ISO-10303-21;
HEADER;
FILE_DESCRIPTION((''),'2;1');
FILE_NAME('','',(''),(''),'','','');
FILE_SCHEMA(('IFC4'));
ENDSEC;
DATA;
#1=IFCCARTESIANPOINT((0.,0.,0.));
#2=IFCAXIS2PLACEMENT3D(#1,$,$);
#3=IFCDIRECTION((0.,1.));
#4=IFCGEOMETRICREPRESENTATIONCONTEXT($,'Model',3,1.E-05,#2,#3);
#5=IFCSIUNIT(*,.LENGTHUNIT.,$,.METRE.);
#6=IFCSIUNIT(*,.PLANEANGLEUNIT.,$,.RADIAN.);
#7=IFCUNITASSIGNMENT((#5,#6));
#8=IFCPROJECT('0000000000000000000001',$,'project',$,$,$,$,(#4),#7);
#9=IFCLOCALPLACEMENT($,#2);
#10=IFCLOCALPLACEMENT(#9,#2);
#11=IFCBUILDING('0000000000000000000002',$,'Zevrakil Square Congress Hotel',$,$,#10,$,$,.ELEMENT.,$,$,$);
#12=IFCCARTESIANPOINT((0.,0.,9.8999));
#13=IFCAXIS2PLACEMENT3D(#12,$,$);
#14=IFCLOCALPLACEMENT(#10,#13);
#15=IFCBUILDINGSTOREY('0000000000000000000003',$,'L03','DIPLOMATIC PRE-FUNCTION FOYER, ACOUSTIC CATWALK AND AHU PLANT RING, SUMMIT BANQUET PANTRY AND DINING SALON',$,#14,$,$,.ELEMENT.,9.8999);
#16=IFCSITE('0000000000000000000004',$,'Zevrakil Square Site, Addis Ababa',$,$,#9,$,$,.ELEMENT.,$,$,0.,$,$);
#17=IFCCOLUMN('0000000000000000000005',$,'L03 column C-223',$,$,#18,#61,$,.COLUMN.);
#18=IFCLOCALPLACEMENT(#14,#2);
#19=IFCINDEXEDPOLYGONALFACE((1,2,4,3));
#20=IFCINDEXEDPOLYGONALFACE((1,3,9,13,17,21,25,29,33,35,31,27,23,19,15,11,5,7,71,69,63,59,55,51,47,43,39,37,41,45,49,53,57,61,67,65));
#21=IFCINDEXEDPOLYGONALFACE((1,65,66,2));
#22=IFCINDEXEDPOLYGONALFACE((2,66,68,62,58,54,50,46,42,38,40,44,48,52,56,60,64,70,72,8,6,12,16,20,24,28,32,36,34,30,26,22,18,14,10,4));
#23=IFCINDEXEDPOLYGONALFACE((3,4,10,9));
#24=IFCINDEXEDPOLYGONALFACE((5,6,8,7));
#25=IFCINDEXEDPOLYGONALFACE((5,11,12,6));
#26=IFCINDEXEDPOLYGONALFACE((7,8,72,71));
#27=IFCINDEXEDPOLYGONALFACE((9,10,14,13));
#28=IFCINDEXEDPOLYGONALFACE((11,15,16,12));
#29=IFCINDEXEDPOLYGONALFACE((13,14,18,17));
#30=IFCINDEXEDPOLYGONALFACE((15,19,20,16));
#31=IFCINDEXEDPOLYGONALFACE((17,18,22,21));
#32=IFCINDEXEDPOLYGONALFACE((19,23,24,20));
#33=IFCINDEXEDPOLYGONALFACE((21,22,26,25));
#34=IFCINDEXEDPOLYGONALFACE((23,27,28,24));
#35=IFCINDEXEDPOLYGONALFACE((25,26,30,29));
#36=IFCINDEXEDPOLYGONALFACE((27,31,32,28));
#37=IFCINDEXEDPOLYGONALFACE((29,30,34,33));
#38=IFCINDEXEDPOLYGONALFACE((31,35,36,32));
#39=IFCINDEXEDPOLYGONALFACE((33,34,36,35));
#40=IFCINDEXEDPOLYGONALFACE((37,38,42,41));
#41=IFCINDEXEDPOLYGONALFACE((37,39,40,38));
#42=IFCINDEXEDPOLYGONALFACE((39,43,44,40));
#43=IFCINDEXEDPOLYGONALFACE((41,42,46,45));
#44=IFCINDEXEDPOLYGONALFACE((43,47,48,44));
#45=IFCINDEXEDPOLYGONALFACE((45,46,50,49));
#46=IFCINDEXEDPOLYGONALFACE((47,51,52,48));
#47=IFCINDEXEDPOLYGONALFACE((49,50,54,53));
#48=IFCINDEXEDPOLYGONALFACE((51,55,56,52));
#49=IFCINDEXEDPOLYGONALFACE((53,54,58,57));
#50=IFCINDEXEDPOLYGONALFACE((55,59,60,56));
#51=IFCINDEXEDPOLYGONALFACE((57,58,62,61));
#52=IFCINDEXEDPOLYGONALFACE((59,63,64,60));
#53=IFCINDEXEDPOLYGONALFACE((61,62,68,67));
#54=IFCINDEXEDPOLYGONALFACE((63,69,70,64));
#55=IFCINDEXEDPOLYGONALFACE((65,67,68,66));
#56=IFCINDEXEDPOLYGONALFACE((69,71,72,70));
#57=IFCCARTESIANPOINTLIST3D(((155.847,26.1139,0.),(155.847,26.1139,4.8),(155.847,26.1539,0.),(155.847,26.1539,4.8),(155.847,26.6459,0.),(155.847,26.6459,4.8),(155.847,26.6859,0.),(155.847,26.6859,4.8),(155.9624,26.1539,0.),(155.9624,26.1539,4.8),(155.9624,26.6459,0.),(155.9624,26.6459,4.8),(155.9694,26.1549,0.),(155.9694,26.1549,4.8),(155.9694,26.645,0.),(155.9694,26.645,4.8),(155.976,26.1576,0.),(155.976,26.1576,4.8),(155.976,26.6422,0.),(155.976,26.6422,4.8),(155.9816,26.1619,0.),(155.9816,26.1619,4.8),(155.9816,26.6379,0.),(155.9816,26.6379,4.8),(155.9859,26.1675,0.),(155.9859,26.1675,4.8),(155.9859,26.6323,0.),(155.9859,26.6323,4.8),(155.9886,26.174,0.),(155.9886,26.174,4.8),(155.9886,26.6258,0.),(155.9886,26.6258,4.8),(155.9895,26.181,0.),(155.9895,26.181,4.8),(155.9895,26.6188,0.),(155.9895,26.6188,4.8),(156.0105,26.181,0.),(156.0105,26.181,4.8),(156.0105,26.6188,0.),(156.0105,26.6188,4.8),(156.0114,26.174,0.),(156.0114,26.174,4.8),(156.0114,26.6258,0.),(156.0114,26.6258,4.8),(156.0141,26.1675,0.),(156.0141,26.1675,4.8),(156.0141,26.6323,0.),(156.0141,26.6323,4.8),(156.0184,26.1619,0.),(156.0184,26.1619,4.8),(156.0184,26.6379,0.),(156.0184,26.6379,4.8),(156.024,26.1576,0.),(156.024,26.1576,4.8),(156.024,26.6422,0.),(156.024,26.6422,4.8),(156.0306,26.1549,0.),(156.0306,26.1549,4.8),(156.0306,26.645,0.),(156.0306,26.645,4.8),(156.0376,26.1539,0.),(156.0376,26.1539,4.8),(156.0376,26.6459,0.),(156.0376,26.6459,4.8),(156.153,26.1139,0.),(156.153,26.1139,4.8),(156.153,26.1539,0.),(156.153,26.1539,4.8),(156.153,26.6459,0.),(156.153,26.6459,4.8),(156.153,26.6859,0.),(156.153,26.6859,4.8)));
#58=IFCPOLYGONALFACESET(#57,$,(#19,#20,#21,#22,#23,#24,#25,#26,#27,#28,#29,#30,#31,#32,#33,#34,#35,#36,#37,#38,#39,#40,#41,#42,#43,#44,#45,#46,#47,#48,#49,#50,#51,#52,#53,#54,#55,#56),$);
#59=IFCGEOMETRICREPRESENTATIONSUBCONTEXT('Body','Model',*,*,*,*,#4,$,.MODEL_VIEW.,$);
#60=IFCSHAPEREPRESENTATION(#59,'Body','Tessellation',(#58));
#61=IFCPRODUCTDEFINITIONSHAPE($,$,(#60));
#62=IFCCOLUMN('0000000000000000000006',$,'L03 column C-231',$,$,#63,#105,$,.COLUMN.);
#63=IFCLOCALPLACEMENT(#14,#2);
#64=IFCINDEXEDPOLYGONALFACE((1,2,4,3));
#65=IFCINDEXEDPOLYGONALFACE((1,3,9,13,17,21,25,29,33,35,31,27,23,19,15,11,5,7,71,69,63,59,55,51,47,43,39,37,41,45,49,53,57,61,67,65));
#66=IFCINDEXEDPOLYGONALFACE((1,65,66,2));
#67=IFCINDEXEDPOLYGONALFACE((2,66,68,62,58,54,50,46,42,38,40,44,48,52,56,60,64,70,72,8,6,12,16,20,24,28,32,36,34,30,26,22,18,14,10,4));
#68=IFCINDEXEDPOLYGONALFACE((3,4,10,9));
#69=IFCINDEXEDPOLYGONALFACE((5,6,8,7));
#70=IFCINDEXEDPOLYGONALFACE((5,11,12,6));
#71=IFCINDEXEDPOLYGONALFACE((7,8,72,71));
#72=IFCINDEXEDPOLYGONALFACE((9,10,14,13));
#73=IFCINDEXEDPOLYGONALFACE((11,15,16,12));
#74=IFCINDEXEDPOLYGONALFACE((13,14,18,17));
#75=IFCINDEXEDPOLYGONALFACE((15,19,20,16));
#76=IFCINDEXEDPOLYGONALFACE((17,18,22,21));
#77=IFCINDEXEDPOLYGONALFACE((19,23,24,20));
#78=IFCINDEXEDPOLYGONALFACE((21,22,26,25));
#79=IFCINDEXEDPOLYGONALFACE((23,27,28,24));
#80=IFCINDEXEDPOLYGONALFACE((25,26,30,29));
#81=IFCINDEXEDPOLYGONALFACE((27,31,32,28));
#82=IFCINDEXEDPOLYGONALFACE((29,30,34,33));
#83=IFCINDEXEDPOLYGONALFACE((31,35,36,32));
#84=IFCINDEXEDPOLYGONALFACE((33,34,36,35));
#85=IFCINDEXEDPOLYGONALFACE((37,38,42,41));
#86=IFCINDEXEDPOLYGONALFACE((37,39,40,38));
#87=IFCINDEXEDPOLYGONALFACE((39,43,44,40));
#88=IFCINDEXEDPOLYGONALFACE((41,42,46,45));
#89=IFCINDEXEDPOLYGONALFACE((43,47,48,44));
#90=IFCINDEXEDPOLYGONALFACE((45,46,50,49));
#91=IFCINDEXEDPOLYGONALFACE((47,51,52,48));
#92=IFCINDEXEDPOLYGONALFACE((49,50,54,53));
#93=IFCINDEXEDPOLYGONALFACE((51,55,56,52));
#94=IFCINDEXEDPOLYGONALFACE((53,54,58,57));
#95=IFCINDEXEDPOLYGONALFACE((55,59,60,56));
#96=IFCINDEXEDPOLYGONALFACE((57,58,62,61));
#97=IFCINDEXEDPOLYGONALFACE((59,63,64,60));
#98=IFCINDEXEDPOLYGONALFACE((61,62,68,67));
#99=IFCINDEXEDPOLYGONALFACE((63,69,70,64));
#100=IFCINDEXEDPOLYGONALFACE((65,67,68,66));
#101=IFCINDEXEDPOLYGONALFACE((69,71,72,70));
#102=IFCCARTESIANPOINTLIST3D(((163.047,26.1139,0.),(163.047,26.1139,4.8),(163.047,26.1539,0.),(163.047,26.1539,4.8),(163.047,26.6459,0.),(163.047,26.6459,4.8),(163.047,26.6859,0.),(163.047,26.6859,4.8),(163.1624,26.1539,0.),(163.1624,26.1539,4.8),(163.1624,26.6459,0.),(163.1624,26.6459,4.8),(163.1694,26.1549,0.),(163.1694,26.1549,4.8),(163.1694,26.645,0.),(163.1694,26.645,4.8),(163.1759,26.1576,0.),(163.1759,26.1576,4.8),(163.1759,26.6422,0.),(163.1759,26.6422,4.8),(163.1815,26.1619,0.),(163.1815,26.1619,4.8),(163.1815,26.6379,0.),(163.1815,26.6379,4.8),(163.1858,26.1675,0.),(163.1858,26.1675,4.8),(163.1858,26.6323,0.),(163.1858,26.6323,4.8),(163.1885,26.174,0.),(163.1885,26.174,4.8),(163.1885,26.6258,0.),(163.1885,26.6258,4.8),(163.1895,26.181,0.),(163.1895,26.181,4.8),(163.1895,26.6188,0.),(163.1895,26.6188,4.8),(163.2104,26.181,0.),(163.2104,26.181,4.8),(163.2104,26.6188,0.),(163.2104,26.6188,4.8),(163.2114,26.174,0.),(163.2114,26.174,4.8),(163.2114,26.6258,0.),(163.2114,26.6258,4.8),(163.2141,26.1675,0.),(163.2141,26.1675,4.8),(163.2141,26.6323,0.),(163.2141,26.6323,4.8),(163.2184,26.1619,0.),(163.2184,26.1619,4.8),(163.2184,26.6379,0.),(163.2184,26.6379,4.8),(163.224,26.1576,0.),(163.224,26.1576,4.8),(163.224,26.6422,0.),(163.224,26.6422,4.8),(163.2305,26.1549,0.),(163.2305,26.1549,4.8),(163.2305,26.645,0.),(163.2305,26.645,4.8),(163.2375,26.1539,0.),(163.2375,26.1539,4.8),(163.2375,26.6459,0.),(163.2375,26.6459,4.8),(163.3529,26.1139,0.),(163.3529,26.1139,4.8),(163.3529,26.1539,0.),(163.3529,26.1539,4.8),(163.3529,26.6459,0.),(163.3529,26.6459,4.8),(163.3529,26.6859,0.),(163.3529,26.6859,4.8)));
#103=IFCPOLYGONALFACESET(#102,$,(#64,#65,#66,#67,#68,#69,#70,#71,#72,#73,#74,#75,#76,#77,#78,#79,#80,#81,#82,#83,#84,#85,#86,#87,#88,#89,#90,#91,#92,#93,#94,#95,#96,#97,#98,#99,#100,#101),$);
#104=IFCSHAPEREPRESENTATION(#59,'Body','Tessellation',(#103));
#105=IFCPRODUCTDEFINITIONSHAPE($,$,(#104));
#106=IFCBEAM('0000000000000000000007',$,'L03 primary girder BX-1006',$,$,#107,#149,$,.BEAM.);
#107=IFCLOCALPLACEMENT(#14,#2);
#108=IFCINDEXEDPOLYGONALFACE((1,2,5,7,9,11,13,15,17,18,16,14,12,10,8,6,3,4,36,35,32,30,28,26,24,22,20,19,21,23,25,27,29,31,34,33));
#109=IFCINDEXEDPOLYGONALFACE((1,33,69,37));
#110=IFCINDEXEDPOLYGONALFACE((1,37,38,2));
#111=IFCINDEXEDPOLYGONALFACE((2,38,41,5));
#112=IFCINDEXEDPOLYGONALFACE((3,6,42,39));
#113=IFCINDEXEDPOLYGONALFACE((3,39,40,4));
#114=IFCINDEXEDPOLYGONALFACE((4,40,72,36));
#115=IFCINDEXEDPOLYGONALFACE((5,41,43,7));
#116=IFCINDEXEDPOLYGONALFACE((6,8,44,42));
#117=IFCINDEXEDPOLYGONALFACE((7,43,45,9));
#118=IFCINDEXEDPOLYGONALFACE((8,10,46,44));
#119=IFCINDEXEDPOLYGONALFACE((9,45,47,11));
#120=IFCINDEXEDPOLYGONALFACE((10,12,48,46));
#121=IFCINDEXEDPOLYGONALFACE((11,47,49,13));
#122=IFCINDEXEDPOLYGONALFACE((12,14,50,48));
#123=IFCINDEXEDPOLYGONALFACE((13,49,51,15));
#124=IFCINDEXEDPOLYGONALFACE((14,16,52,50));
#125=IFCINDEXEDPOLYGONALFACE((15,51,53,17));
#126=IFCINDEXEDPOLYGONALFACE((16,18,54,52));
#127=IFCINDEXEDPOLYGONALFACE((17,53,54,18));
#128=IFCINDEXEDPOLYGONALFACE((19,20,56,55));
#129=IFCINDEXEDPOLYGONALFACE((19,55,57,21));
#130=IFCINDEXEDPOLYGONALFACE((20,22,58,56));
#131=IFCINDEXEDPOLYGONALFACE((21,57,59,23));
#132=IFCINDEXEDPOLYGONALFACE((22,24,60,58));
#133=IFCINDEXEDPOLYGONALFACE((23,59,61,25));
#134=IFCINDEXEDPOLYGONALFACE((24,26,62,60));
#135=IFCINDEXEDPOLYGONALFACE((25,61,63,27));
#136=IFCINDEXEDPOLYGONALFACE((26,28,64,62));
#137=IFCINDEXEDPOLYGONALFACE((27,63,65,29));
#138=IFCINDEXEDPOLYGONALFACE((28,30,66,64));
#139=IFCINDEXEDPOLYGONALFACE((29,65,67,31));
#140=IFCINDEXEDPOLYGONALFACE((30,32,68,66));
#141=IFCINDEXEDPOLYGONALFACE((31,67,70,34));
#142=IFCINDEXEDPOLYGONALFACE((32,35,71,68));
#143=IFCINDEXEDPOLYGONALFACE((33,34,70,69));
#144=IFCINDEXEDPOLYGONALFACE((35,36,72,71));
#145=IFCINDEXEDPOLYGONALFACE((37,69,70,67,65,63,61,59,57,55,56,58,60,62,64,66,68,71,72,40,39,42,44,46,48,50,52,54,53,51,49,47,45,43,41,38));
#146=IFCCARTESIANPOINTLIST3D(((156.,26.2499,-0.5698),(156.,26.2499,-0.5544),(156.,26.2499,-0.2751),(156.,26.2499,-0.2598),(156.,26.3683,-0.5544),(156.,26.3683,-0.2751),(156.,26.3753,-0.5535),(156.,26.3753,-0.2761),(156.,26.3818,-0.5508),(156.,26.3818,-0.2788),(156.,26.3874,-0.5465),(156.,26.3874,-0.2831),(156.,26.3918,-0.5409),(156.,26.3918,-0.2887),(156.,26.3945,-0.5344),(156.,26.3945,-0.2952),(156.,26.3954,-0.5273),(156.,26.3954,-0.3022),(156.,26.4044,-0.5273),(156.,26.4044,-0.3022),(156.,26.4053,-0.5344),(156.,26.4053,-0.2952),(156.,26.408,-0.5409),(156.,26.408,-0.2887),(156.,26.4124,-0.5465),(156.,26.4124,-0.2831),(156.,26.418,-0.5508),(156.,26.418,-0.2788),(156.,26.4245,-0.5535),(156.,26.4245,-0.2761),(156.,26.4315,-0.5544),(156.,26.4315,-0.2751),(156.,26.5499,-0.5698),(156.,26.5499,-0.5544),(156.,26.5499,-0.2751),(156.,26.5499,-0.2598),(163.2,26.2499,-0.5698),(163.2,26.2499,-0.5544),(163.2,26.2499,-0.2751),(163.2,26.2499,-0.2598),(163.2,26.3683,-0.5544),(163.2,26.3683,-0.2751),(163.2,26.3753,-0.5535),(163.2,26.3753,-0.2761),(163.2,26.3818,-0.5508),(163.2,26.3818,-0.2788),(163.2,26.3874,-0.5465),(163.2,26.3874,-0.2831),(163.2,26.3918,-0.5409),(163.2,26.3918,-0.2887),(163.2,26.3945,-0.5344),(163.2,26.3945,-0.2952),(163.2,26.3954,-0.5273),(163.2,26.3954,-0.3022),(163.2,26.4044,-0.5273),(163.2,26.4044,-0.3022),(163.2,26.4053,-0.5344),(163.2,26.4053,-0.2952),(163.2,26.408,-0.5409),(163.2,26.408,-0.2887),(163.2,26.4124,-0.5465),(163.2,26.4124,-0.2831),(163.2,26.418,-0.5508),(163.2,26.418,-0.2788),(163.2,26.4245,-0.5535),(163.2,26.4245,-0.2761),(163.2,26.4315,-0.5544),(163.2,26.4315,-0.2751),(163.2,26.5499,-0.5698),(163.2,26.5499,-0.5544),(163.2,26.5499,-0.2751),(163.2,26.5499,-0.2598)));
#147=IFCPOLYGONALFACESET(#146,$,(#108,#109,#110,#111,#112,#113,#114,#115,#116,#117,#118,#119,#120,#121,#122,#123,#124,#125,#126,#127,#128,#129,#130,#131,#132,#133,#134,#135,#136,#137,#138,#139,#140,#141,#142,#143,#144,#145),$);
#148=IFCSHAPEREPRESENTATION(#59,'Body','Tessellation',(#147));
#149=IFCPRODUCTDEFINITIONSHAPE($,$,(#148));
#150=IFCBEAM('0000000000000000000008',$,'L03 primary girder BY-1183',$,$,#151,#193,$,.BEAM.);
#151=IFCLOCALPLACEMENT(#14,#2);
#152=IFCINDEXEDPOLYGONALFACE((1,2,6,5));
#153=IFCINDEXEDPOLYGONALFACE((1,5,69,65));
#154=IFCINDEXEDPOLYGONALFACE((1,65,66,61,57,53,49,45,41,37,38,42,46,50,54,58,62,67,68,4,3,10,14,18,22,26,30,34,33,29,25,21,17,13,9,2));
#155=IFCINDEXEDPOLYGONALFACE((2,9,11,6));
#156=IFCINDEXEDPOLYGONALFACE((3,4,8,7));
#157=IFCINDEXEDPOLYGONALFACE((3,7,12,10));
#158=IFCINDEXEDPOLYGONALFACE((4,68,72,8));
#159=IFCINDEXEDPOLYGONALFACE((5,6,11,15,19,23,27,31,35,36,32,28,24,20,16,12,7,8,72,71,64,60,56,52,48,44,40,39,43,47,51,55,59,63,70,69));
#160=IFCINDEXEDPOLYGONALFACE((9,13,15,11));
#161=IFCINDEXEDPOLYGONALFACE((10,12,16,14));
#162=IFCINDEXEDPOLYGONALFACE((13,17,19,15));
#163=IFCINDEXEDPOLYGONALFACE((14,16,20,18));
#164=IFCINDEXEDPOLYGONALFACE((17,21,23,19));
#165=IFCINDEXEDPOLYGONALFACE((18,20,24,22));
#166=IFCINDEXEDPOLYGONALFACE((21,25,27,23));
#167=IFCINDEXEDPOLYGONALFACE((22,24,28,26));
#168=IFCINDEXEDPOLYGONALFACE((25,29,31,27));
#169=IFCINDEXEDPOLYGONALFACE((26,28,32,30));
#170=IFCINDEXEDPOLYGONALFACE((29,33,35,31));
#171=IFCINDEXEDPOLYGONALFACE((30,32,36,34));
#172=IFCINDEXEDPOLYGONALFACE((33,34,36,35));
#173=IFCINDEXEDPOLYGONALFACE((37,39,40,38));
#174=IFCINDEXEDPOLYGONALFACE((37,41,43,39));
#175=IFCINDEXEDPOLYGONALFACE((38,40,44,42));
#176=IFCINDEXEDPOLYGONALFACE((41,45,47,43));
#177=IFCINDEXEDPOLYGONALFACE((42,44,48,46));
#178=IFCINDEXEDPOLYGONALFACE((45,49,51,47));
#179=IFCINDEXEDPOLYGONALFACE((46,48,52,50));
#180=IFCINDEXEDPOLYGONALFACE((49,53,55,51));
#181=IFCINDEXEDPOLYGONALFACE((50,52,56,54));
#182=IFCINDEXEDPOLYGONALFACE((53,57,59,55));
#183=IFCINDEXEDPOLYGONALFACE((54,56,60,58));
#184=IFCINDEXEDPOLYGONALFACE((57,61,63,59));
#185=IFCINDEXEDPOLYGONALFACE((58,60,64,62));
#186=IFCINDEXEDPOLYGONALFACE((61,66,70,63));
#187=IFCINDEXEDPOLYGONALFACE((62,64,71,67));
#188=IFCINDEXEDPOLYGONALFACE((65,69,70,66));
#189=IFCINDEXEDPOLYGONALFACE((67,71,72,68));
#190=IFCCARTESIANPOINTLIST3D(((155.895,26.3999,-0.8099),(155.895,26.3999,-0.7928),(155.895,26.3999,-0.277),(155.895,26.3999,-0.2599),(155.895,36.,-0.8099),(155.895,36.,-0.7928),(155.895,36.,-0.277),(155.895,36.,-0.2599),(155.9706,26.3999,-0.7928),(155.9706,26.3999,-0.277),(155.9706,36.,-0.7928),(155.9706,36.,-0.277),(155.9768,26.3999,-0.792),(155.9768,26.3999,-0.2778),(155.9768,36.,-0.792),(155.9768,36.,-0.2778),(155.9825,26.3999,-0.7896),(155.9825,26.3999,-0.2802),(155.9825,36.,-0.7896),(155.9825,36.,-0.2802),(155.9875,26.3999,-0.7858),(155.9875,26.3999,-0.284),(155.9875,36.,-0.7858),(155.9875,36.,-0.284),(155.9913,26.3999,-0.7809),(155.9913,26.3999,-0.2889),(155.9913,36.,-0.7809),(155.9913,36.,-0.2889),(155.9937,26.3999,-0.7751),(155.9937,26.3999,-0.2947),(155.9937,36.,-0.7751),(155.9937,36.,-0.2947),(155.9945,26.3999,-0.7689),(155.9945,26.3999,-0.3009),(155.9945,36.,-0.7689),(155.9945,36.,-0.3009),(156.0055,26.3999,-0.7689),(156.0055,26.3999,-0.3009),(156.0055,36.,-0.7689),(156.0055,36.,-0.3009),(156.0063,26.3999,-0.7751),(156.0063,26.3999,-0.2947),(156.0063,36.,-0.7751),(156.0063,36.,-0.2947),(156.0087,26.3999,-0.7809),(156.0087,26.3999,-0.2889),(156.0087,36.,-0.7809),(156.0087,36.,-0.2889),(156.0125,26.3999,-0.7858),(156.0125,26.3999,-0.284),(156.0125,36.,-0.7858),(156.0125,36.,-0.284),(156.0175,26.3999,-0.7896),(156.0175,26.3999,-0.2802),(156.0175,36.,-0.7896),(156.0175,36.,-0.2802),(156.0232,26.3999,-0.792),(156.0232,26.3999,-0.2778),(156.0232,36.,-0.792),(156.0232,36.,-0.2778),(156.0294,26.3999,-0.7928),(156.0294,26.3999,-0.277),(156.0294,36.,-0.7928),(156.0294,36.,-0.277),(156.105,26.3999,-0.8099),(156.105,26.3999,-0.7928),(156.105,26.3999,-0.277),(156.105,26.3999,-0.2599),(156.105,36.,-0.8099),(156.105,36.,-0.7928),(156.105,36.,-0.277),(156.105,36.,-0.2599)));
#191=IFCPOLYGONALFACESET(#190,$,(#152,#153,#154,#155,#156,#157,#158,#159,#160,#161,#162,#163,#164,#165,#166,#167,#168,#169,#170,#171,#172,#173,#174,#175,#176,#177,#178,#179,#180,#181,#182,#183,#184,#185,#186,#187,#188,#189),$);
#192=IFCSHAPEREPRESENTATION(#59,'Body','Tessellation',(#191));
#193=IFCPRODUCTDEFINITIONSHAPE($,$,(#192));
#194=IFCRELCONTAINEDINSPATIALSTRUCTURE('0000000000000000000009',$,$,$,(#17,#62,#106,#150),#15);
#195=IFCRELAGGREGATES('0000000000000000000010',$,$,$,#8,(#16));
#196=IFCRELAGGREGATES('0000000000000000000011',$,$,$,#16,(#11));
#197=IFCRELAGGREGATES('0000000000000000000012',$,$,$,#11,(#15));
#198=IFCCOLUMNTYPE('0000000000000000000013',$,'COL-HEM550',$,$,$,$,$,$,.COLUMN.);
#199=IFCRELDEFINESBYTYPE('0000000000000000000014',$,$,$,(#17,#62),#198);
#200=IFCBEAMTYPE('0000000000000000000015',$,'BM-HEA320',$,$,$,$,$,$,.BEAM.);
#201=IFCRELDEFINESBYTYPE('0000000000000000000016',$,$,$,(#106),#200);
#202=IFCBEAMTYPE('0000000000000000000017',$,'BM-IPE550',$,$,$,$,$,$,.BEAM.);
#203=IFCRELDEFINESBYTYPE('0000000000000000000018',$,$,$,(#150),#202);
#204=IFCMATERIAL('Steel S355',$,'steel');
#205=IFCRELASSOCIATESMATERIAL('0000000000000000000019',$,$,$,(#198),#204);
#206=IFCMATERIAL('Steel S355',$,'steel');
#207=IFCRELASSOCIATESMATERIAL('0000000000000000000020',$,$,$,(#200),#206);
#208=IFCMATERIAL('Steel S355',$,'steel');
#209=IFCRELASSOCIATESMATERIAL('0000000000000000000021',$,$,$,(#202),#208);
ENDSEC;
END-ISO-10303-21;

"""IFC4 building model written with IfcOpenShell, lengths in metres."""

from ifc_helpers import new_model, si_unit, direction, frame, origin, origin_2d, place, context, subcontext, project, spatial, i_section, extrude, material, material_profile, profile_set, type_object, element, save


model = new_model("IFC4")

# Units and contexts
model_context = context("Model", 3, precision=1e-05, world=origin(), true_north=direction((0.0, 1.0)))
body_context = subcontext(model_context, "Body", "Model", "MODEL_VIEW")
ifc_project = project(units=[si_unit("LENGTHUNIT", "METRE"), si_unit("PLANEANGLEUNIT", "RADIAN")], contexts=[model_context])

# Site, building, storey
site_placement = place(None, origin())
site = spatial("IfcSite", under=ifc_project, at=site_placement, Name="Zevrakil Square Site, Addis Ababa", CompositionType="ELEMENT", RefElevation=0.0)
building_placement = place(site_placement, origin())
building = spatial("IfcBuilding", under=site, at=building_placement, Name="Zevrakil Square Congress Hotel", CompositionType="ELEMENT")
storey_placement = place(building_placement, frame((0.0, 0.0, 9.8999)))
storey = spatial("IfcBuildingStorey", under=building, at=storey_placement, Name="L03", Description="DIPLOMATIC PRE-FUNCTION FOYER, ACOUSTIC CATWALK AND AHU PLANT RING, SUMMIT BANQUET PANTRY AND DINING SALON", CompositionType="ELEMENT", Elevation=9.8999)

# Columns
ifc_material_1 = material(Name="Steel S355", Category="steel")
ifc_material_profile_1 = material_profile(ifc_material_1, i_section(OverallWidth=0.3059, OverallDepth=0.572, WebThickness=0.021, FlangeThickness=0.04, FilletRadius=0.0271, at=origin_2d()), Name="HEM 550")
ifc_profile_set_1 = profile_set([ifc_material_profile_1], Name="Steel S355")
column_type = type_object("IfcColumnType", Name="COL-HEM550", PredefinedType="COLUMN", material=ifc_profile_set_1)
for number, where, z_axis, x_axis, name in (
    (1, (156.0, 26.3999, 0.0), (0.0, 0.0, 1.0), (1.0, 0.0, 0.0), "L03 column C-223"),
    (2, (163.2, 26.3999, 0.0), (0.0, 0.0, 1.0), (1.0, 0.0, 0.0), "L03 column C-231"),
):
    element("IfcColumn", number, at=place(storey_placement, frame(where, z_axis=z_axis, x_axis=x_axis)), inside=storey, type_object=column_type, Name=name, PredefinedType="COLUMN", context=body_context, shape_type="SweptSolid", body=[
        extrude(i_section(OverallWidth=0.3059, OverallDepth=0.572, WebThickness=0.021, FlangeThickness=0.04, FilletRadius=0.0271, at=origin_2d()), origin(), (0.0, 0.0, 1.0), 4.8),
    ])

# Beams
ifc_material_2 = material(Name="Steel S355", Category="steel")
ifc_material_profile_2 = material_profile(ifc_material_2, i_section(OverallWidth=0.3, OverallDepth=0.3101, WebThickness=0.009, FlangeThickness=0.0154, FilletRadius=0.0271, at=origin_2d()), Name="HEA 320")
ifc_profile_set_2 = profile_set([ifc_material_profile_2], Name="Steel S355")
beam_type_1 = type_object("IfcBeamType", Name="BM-HEA320", PredefinedType="BEAM", material=ifc_profile_set_2)
beam_placement = place(storey_placement, frame((156.0, 26.3999, -0.4148), z_axis=(1.0, 0.0, 0.0), x_axis=(0.0, 1.0, 0.0)))
element("IfcBeam", 3, at=beam_placement, inside=storey, type_object=beam_type_1, Name="L03 primary girder BX-1006", PredefinedType="BEAM", context=body_context, shape_type="SweptSolid", body=[
    extrude(i_section(OverallWidth=0.3, OverallDepth=0.3101, WebThickness=0.009, FlangeThickness=0.0154, FilletRadius=0.0271, at=origin_2d()), origin(), (0.0, 0.0, 1.0), 7.2),
])
ifc_material_3 = material(Name="Steel S355", Category="steel")
ifc_material_profile_3 = material_profile(ifc_material_3, i_section(OverallWidth=0.21, OverallDepth=0.55, WebThickness=0.011, FlangeThickness=0.0171, FilletRadius=0.0239, at=origin_2d()), Name="IPE 550")
ifc_profile_set_3 = profile_set([ifc_material_profile_3], Name="Steel S355")
beam_type_2 = type_object("IfcBeamType", Name="BM-IPE550", PredefinedType="BEAM", material=ifc_profile_set_3)
for number, where, z_axis, x_axis, name in (
    (4, (156.0, 26.3999, -0.5349), (0.0, 1.0, 0.0), (-1.0, 0.0, 0.0), "L03 primary girder BY-1183"),
):
    element("IfcBeam", number, at=place(storey_placement, frame(where, z_axis=z_axis, x_axis=x_axis)), inside=storey, type_object=beam_type_2, Name=name, PredefinedType="BEAM", context=body_context, shape_type="SweptSolid", body=[
        extrude(i_section(OverallWidth=0.21, OverallDepth=0.55, WebThickness=0.011, FlangeThickness=0.0171, FilletRadius=0.0239, at=origin_2d()), origin(), (0.0, 0.0, 1.0), 9.6001),
    ])

save(model, "model.ifc")
